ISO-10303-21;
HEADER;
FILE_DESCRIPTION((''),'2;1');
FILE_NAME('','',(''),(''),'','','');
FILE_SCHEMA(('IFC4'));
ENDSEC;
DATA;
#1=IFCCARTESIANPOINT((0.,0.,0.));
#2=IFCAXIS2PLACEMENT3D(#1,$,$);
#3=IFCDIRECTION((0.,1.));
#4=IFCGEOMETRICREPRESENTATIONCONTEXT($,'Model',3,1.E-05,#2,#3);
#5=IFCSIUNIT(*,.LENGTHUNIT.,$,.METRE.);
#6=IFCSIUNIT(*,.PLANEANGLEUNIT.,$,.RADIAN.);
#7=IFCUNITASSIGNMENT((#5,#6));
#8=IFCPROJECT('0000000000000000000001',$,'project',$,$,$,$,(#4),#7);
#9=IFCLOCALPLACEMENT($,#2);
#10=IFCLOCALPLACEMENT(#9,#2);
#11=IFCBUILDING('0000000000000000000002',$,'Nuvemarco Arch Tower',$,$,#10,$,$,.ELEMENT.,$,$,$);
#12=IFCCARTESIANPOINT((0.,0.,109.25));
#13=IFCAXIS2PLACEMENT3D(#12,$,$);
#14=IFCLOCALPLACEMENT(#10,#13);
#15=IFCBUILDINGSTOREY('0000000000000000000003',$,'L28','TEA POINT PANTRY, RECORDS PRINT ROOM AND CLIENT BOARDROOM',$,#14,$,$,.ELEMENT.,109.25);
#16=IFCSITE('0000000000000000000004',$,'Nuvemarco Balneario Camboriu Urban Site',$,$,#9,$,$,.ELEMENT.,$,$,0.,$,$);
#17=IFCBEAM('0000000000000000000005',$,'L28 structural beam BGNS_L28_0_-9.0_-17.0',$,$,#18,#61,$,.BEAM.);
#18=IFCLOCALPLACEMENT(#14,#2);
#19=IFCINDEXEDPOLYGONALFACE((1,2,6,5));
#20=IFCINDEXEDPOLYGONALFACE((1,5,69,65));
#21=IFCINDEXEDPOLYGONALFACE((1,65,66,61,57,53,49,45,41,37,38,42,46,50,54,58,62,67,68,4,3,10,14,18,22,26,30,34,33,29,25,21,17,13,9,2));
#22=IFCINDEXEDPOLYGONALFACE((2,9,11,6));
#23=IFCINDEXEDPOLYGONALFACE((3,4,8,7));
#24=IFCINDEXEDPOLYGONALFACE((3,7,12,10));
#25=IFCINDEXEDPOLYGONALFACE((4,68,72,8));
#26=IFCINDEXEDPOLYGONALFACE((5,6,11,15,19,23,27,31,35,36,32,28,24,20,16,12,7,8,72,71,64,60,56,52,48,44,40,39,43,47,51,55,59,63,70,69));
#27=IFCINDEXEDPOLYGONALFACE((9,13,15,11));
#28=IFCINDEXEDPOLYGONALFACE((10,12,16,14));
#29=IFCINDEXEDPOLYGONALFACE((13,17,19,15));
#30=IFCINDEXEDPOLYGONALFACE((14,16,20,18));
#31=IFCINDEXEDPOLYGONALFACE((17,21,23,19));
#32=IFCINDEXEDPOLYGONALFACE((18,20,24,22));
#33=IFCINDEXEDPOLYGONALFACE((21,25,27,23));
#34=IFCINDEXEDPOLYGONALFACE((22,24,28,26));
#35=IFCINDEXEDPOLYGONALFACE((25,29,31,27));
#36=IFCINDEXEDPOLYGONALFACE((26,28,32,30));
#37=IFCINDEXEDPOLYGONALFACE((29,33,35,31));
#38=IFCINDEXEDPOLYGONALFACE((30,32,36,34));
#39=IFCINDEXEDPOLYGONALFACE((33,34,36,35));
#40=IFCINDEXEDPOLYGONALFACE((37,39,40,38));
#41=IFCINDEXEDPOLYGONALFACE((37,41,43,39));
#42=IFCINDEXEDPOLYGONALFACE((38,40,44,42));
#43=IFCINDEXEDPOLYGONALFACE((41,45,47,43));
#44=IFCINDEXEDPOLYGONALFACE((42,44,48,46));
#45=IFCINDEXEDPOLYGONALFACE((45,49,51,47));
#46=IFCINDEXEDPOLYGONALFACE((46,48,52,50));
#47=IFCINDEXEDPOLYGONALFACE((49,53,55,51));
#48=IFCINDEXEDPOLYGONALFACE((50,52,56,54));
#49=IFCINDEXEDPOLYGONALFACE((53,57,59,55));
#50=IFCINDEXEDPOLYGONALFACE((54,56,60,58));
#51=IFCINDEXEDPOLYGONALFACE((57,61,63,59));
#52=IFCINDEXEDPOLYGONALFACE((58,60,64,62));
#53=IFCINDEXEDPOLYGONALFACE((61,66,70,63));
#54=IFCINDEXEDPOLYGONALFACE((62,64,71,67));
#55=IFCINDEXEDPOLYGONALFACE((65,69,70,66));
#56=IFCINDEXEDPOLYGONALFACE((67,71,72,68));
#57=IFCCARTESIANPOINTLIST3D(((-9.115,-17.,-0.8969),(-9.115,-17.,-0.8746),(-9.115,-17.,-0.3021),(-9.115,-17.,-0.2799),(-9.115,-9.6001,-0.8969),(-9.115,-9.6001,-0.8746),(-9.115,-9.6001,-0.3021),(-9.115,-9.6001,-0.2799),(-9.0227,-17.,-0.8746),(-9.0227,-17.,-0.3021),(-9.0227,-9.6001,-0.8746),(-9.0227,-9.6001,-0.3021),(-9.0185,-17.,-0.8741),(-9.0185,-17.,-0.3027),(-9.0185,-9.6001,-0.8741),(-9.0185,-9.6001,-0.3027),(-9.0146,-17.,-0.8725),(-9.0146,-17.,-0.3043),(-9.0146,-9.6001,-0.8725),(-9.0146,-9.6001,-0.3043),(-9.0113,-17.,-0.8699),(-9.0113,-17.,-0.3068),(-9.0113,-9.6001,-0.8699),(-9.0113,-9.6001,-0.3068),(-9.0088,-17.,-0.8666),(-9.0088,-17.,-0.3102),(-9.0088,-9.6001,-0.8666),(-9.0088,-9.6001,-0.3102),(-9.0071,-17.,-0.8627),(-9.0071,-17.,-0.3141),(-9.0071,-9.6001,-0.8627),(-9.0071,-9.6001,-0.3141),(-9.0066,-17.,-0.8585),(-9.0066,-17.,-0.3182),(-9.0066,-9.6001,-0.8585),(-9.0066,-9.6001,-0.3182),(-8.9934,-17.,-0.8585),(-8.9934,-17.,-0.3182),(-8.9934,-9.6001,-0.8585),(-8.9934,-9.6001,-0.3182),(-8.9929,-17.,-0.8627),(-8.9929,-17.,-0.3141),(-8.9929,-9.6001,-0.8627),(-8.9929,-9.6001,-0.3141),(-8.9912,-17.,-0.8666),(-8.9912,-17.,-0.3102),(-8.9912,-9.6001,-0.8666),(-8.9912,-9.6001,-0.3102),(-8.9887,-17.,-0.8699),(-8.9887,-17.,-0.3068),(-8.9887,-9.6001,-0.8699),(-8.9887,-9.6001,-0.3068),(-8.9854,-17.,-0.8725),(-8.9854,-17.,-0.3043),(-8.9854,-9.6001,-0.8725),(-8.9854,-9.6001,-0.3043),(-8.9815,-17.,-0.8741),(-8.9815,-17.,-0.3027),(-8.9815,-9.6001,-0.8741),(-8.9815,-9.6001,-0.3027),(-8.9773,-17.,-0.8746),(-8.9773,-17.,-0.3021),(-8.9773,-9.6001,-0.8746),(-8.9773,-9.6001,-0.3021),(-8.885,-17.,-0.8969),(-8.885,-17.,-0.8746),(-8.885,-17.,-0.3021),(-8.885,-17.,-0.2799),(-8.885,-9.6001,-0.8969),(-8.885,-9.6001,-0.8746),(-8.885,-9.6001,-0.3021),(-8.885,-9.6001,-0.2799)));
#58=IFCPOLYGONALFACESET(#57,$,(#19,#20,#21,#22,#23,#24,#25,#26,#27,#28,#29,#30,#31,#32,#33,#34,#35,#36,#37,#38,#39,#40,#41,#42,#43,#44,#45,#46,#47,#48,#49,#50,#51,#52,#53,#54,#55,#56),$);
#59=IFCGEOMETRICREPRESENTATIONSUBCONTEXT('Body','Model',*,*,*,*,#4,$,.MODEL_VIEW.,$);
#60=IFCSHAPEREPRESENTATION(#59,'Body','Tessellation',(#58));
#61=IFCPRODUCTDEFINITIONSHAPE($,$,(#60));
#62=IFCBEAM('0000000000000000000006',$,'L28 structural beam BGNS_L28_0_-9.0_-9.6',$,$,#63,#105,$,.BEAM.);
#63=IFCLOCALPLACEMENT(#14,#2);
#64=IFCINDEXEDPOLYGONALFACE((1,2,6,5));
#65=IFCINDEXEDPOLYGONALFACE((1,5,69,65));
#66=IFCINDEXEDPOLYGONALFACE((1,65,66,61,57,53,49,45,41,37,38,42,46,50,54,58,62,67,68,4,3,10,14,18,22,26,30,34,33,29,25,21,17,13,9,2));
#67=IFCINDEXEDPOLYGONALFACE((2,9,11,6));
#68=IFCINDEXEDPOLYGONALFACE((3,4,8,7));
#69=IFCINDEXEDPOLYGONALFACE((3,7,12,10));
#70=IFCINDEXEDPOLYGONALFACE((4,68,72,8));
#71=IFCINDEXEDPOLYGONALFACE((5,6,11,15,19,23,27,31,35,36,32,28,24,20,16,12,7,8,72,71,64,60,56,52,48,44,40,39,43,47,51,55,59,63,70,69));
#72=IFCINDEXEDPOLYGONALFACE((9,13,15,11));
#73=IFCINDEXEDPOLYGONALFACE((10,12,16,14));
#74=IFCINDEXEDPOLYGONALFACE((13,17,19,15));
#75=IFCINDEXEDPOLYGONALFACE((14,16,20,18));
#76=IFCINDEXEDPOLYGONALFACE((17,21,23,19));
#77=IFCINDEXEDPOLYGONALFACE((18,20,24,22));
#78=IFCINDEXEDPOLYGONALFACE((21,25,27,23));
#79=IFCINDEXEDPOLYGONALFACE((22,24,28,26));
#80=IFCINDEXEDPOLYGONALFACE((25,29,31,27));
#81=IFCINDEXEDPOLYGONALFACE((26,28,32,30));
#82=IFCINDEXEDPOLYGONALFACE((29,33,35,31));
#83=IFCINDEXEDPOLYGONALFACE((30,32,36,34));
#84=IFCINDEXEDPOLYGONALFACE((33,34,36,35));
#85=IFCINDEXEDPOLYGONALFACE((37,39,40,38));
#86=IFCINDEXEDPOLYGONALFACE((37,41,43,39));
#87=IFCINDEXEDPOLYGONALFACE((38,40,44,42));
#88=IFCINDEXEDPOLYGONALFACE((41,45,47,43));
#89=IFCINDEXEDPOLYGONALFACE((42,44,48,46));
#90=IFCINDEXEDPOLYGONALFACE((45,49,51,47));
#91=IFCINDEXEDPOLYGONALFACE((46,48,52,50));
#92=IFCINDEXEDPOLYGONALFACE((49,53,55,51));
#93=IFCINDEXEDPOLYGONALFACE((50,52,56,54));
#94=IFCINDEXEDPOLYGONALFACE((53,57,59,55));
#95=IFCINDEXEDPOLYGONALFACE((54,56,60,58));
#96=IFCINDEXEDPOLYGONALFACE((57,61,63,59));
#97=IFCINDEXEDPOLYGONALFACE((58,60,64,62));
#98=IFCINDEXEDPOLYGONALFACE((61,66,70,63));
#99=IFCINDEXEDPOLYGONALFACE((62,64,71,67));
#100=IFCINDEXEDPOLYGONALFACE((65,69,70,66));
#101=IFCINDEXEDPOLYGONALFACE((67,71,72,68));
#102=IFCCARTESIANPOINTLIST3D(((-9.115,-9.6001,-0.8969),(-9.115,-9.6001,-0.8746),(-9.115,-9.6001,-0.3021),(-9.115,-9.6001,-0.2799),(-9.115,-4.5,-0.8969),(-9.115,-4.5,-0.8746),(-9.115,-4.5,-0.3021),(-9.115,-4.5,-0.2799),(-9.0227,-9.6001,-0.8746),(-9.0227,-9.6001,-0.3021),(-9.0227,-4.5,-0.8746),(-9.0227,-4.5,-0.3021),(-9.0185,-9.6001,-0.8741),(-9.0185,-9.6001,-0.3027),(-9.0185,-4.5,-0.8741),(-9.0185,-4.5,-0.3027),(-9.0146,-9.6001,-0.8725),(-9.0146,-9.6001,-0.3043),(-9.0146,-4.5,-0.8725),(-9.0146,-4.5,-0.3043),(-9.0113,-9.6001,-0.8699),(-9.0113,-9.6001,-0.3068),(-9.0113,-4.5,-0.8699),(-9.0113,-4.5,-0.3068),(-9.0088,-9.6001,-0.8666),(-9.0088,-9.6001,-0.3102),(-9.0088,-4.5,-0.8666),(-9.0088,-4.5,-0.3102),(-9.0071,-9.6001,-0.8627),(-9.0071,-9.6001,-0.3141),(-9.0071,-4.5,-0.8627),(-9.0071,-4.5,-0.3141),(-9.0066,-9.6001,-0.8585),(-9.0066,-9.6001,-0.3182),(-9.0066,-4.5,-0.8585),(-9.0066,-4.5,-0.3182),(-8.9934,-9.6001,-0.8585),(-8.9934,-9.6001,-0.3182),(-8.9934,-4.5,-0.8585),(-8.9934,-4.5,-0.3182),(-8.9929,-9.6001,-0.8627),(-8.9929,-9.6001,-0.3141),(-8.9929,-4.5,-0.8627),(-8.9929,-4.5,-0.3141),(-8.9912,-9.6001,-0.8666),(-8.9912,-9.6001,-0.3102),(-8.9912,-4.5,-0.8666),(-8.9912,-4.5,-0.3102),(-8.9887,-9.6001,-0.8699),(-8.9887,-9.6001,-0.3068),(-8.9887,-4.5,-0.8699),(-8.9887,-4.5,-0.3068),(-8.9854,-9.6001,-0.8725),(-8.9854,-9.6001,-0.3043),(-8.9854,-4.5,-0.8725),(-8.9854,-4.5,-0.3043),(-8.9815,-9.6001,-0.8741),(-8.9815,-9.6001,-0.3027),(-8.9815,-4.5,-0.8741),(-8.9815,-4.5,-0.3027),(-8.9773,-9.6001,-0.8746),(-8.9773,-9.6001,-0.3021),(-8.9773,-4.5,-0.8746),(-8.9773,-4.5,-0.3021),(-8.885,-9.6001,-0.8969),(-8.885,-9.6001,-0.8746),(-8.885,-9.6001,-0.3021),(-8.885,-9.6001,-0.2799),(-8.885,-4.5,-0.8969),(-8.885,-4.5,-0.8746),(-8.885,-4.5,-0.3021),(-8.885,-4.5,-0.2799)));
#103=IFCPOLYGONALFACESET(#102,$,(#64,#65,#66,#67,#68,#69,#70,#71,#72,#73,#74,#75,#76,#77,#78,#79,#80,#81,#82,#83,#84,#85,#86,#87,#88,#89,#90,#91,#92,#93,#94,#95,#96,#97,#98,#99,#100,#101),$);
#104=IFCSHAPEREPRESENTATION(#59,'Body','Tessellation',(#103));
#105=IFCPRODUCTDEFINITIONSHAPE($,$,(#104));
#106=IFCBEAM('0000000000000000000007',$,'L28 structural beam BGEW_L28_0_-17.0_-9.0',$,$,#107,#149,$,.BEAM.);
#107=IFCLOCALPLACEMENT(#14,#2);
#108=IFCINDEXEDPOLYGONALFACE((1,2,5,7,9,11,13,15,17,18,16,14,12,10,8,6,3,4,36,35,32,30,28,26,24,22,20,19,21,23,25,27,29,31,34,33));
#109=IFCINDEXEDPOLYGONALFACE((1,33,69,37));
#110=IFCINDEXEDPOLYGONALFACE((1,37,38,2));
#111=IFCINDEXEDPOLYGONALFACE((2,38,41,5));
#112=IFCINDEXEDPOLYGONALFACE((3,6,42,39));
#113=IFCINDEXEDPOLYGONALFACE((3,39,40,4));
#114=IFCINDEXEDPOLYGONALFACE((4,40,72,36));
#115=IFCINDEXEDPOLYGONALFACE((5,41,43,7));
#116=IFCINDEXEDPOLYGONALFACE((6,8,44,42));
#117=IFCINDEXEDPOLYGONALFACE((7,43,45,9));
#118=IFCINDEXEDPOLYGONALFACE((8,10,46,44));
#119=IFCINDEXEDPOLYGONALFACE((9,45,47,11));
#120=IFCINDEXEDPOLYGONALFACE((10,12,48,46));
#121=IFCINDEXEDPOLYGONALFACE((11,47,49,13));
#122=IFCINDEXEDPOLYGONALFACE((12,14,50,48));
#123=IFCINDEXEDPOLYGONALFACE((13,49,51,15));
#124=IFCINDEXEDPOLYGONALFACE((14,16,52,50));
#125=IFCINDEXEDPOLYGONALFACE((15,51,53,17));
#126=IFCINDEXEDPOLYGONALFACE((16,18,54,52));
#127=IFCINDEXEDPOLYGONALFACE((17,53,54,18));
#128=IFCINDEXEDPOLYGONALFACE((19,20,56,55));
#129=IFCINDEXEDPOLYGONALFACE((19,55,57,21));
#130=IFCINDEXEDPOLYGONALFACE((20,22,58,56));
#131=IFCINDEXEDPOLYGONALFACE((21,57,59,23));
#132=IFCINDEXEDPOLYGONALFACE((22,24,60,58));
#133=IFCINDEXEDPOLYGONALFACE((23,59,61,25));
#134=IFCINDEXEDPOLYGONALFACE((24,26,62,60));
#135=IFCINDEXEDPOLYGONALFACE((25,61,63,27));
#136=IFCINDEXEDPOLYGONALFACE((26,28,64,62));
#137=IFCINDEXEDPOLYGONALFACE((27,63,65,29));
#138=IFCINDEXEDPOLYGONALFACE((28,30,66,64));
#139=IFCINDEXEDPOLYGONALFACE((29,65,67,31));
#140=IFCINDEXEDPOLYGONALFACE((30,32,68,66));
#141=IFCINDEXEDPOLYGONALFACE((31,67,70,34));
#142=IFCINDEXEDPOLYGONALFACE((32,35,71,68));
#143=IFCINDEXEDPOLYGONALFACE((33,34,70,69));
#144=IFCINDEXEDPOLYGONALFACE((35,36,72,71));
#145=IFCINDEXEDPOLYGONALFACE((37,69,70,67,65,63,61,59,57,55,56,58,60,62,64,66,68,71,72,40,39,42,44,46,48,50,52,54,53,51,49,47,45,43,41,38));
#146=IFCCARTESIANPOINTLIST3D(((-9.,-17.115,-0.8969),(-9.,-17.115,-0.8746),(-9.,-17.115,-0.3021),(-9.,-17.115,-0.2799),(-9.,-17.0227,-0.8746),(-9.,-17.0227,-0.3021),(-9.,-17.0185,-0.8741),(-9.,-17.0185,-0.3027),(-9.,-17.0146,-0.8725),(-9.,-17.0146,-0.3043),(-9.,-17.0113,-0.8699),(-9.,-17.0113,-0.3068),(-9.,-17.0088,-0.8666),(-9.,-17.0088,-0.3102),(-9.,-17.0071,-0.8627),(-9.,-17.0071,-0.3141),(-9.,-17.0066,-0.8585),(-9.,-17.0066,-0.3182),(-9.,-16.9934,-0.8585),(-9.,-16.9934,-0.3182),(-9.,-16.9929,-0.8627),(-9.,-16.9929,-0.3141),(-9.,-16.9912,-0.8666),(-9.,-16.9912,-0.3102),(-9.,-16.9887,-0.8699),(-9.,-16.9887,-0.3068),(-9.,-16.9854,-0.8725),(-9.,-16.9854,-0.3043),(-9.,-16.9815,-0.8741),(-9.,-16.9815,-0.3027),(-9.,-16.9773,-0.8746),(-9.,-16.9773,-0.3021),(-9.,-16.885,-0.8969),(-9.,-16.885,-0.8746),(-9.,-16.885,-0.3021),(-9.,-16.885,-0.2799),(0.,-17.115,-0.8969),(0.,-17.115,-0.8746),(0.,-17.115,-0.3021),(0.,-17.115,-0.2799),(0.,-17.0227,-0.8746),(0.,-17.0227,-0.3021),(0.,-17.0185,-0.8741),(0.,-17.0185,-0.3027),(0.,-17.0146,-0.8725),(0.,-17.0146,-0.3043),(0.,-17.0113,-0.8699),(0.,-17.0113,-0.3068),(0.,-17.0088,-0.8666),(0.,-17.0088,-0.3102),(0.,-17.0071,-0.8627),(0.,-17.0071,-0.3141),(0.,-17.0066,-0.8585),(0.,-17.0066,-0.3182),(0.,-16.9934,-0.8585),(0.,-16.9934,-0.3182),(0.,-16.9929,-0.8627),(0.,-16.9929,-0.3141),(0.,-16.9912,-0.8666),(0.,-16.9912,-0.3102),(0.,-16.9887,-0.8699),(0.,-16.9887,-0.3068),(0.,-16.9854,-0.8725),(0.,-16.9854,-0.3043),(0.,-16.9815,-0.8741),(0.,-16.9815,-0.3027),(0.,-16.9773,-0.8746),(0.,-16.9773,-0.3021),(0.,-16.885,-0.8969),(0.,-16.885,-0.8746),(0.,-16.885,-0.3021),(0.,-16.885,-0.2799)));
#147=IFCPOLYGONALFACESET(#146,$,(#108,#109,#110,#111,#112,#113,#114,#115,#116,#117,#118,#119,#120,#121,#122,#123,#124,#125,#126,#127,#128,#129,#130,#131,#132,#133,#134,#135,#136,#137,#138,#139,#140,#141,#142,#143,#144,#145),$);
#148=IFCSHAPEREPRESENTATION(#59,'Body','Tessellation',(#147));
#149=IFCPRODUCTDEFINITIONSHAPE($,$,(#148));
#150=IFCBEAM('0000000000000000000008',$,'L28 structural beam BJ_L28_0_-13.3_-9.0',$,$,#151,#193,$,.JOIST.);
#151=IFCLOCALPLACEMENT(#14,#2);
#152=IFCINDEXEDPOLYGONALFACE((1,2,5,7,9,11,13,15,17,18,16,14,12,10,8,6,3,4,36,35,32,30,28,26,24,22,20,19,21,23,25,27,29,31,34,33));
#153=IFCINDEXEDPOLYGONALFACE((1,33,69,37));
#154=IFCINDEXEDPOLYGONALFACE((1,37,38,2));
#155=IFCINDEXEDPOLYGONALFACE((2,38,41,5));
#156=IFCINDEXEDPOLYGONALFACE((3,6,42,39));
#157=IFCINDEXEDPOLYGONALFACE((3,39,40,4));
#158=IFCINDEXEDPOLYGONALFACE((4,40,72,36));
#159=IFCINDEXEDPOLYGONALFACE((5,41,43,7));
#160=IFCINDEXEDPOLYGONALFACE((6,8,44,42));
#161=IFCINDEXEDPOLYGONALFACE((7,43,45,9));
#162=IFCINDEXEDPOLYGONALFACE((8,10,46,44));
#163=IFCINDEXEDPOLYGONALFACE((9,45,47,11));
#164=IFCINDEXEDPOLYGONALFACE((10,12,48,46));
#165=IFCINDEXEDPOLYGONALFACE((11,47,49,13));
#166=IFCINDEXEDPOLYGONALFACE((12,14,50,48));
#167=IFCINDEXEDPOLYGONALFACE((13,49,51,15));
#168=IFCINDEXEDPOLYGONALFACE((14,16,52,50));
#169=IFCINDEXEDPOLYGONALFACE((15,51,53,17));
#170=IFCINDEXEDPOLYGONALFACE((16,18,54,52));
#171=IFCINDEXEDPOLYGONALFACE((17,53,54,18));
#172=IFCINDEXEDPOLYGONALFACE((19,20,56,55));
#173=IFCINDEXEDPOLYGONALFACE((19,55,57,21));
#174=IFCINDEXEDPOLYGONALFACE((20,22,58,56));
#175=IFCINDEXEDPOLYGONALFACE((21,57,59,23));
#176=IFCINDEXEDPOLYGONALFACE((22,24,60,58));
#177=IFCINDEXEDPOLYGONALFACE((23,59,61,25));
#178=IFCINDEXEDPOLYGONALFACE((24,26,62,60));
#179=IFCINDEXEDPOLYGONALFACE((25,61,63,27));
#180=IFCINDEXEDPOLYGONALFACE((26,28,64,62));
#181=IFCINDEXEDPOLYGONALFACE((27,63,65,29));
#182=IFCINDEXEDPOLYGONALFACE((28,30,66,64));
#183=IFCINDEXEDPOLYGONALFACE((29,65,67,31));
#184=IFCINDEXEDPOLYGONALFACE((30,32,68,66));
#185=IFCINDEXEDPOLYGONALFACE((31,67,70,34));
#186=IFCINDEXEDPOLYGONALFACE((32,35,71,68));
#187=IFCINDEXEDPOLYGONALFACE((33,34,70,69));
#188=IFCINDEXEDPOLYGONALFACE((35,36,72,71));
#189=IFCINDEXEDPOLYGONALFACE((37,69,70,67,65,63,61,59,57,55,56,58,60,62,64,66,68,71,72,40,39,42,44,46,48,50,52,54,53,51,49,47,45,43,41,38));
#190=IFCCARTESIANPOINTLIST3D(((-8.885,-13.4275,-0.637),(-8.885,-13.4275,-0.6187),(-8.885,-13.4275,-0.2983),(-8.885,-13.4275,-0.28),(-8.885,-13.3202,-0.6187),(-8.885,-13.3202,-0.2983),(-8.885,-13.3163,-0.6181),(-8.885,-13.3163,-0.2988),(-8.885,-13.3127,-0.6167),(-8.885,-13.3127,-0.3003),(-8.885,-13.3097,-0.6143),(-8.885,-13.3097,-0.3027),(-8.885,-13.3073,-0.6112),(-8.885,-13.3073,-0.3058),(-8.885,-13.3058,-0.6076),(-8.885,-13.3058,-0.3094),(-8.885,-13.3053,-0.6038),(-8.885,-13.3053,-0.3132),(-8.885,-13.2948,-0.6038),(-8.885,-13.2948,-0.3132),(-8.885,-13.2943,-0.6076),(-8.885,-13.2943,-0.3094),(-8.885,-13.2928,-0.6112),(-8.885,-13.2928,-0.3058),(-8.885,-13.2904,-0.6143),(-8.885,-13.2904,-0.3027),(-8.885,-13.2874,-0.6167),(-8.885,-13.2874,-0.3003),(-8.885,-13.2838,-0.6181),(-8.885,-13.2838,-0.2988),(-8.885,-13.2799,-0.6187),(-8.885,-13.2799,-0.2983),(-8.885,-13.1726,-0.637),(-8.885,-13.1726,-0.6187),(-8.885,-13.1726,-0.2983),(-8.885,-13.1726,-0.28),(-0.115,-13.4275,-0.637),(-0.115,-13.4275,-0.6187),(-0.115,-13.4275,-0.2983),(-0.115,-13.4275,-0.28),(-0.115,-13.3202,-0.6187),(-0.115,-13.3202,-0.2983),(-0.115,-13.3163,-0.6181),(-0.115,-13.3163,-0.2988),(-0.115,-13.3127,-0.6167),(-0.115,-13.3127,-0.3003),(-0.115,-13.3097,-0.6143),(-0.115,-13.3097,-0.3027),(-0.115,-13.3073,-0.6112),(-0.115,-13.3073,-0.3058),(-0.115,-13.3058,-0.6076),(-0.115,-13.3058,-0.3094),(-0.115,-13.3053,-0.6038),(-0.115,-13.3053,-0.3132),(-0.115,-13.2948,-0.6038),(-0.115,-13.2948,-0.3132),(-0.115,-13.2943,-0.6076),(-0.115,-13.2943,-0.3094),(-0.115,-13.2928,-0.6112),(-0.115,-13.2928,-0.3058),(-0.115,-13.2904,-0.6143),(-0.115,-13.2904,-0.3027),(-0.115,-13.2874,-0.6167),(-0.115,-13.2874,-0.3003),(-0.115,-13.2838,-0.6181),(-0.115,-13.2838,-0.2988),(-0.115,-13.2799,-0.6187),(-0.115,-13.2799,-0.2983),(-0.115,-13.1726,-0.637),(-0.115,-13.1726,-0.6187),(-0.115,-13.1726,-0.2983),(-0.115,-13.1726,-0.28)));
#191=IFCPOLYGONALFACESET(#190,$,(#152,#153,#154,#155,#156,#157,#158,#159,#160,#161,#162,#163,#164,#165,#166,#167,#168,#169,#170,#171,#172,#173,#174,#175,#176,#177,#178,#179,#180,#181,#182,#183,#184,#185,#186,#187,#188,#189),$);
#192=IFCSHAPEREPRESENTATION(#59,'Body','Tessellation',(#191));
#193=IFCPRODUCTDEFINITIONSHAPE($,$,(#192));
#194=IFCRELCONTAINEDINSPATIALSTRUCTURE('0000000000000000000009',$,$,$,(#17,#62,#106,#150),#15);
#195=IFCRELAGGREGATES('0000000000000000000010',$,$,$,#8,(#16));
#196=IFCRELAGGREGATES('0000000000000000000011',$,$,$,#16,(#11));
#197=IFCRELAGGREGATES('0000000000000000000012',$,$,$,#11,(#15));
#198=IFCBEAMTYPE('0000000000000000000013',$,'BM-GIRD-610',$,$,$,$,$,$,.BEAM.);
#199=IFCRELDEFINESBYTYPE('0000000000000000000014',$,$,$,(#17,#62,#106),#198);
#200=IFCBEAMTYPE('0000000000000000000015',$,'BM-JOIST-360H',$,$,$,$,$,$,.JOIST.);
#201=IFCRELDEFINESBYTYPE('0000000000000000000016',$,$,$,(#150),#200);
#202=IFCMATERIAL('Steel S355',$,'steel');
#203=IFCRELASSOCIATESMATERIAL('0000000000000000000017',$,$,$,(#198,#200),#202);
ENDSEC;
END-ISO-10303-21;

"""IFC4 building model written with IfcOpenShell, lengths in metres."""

from ifc_helpers import new_model, si_unit, direction, frame, origin, origin_2d, place, context, subcontext, project, spatial, i_section, extrude, material, material_profile, profile_set, type_object, element, save


model = new_model("IFC4")

# Units and contexts
model_context = context("Model", 3, precision=1e-05, world=origin(), true_north=direction((0.0, 1.0)))
body_context = subcontext(model_context, "Body", "Model", "MODEL_VIEW")
ifc_project = project(units=[si_unit("LENGTHUNIT", "METRE"), si_unit("PLANEANGLEUNIT", "RADIAN")], contexts=[model_context])

# Site, building, storey
site_placement = place(None, origin())
site = spatial("IfcSite", under=ifc_project, at=site_placement, Name="Nuvemarco Balneario Camboriu Urban Site", CompositionType="ELEMENT", RefElevation=0.0)
building_placement = place(site_placement, origin())
building = spatial("IfcBuilding", under=site, at=building_placement, Name="Nuvemarco Arch Tower", CompositionType="ELEMENT")
storey_placement = place(building_placement, frame((0.0, 0.0, 109.25)))
storey = spatial("IfcBuildingStorey", under=building, at=storey_placement, Name="L28", Description="TEA POINT PANTRY, RECORDS PRINT ROOM AND CLIENT BOARDROOM", CompositionType="ELEMENT", Elevation=109.25)

# Shared definitions
ifc_material_1 = material(Name="Steel S355", Category="steel")

# Beams
ifc_material_profile_1 = material_profile(ifc_material_1, i_section(OverallWidth=0.23, OverallDepth=0.6169, WebThickness=0.0132, FlangeThickness=0.0222, FilletRadius=0.0161, at=origin_2d()), Name="W610x140")
ifc_profile_set_1 = profile_set([ifc_material_profile_1], Name="Steel S355")
beam_type_1 = type_object("IfcBeamType", Name="BM-GIRD-610", PredefinedType="BEAM", material=ifc_profile_set_1)
beam_1_placement = place(storey_placement, frame((-9.0, -17.0, -0.5884), z_axis=(0.0, 1.0, 0.0), x_axis=(-1.0, 0.0, 0.0)))
element("IfcBeam", 1, at=beam_1_placement, inside=storey, type_object=beam_type_1, Name="L28 structural beam BGNS_L28_0_-9.0_-17.0", PredefinedType="BEAM", context=body_context, shape_type="SweptSolid", body=[
    extrude(i_section(OverallWidth=0.23, OverallDepth=0.6169, WebThickness=0.0132, FlangeThickness=0.0222, FilletRadius=0.0161, at=origin_2d()), origin(), (0.0, 0.0, 1.0), 7.3999),
])
beam_2_placement = place(storey_placement, frame((-9.0, -9.6001, -0.5884), z_axis=(0.0, 1.0, 0.0), x_axis=(-1.0, 0.0, 0.0)))
element("IfcBeam", 2, at=beam_2_placement, inside=storey, type_object=beam_type_1, Name="L28 structural beam BGNS_L28_0_-9.0_-9.6", PredefinedType="BEAM", context=body_context, shape_type="SweptSolid", body=[
    extrude(i_section(OverallWidth=0.23, OverallDepth=0.6169, WebThickness=0.0132, FlangeThickness=0.0222, FilletRadius=0.0161, at=origin_2d()), origin(), (0.0, 0.0, 1.0), 5.1001),
])
beam_3_placement = place(storey_placement, frame((-9.0, -17.0, -0.5884), z_axis=(1.0, 0.0, 0.0), x_axis=(0.0, 1.0, 0.0)))
element("IfcBeam", 3, at=beam_3_placement, inside=storey, type_object=beam_type_1, Name="L28 structural beam BGEW_L28_0_-17.0_-9.0", PredefinedType="BEAM", context=body_context, shape_type="SweptSolid", body=[
    extrude(i_section(OverallWidth=0.23, OverallDepth=0.6169, WebThickness=0.0132, FlangeThickness=0.0222, FilletRadius=0.0161, at=origin_2d()), origin(), (0.0, 0.0, 1.0), 9.0),
])
ifc_material_profile_2 = material_profile(ifc_material_1, i_section(OverallWidth=0.2549, OverallDepth=0.3569, WebThickness=0.0105, FlangeThickness=0.0183, FilletRadius=0.0149, at=origin_2d()), Name="W360x101")
ifc_profile_set_2 = profile_set([ifc_material_profile_2], Name="Steel S355")
beam_type_2 = type_object("IfcBeamType", Name="BM-JOIST-360H", PredefinedType="JOIST", material=ifc_profile_set_2)
beam_4_placement = place(storey_placement, frame((-8.885, -13.3, -0.4585), z_axis=(1.0, 0.0, 0.0), x_axis=(0.0, 1.0, 0.0)))
element("IfcBeam", 4, at=beam_4_placement, inside=storey, type_object=beam_type_2, Name="L28 structural beam BJ_L28_0_-13.3_-9.0", PredefinedType="JOIST", context=body_context, shape_type="SweptSolid", body=[
    extrude(i_section(OverallWidth=0.2549, OverallDepth=0.3569, WebThickness=0.0105, FlangeThickness=0.0183, FilletRadius=0.0149, at=origin_2d()), origin(), (0.0, 0.0, 1.0), 8.77),
])

save(model, "model.ifc")
